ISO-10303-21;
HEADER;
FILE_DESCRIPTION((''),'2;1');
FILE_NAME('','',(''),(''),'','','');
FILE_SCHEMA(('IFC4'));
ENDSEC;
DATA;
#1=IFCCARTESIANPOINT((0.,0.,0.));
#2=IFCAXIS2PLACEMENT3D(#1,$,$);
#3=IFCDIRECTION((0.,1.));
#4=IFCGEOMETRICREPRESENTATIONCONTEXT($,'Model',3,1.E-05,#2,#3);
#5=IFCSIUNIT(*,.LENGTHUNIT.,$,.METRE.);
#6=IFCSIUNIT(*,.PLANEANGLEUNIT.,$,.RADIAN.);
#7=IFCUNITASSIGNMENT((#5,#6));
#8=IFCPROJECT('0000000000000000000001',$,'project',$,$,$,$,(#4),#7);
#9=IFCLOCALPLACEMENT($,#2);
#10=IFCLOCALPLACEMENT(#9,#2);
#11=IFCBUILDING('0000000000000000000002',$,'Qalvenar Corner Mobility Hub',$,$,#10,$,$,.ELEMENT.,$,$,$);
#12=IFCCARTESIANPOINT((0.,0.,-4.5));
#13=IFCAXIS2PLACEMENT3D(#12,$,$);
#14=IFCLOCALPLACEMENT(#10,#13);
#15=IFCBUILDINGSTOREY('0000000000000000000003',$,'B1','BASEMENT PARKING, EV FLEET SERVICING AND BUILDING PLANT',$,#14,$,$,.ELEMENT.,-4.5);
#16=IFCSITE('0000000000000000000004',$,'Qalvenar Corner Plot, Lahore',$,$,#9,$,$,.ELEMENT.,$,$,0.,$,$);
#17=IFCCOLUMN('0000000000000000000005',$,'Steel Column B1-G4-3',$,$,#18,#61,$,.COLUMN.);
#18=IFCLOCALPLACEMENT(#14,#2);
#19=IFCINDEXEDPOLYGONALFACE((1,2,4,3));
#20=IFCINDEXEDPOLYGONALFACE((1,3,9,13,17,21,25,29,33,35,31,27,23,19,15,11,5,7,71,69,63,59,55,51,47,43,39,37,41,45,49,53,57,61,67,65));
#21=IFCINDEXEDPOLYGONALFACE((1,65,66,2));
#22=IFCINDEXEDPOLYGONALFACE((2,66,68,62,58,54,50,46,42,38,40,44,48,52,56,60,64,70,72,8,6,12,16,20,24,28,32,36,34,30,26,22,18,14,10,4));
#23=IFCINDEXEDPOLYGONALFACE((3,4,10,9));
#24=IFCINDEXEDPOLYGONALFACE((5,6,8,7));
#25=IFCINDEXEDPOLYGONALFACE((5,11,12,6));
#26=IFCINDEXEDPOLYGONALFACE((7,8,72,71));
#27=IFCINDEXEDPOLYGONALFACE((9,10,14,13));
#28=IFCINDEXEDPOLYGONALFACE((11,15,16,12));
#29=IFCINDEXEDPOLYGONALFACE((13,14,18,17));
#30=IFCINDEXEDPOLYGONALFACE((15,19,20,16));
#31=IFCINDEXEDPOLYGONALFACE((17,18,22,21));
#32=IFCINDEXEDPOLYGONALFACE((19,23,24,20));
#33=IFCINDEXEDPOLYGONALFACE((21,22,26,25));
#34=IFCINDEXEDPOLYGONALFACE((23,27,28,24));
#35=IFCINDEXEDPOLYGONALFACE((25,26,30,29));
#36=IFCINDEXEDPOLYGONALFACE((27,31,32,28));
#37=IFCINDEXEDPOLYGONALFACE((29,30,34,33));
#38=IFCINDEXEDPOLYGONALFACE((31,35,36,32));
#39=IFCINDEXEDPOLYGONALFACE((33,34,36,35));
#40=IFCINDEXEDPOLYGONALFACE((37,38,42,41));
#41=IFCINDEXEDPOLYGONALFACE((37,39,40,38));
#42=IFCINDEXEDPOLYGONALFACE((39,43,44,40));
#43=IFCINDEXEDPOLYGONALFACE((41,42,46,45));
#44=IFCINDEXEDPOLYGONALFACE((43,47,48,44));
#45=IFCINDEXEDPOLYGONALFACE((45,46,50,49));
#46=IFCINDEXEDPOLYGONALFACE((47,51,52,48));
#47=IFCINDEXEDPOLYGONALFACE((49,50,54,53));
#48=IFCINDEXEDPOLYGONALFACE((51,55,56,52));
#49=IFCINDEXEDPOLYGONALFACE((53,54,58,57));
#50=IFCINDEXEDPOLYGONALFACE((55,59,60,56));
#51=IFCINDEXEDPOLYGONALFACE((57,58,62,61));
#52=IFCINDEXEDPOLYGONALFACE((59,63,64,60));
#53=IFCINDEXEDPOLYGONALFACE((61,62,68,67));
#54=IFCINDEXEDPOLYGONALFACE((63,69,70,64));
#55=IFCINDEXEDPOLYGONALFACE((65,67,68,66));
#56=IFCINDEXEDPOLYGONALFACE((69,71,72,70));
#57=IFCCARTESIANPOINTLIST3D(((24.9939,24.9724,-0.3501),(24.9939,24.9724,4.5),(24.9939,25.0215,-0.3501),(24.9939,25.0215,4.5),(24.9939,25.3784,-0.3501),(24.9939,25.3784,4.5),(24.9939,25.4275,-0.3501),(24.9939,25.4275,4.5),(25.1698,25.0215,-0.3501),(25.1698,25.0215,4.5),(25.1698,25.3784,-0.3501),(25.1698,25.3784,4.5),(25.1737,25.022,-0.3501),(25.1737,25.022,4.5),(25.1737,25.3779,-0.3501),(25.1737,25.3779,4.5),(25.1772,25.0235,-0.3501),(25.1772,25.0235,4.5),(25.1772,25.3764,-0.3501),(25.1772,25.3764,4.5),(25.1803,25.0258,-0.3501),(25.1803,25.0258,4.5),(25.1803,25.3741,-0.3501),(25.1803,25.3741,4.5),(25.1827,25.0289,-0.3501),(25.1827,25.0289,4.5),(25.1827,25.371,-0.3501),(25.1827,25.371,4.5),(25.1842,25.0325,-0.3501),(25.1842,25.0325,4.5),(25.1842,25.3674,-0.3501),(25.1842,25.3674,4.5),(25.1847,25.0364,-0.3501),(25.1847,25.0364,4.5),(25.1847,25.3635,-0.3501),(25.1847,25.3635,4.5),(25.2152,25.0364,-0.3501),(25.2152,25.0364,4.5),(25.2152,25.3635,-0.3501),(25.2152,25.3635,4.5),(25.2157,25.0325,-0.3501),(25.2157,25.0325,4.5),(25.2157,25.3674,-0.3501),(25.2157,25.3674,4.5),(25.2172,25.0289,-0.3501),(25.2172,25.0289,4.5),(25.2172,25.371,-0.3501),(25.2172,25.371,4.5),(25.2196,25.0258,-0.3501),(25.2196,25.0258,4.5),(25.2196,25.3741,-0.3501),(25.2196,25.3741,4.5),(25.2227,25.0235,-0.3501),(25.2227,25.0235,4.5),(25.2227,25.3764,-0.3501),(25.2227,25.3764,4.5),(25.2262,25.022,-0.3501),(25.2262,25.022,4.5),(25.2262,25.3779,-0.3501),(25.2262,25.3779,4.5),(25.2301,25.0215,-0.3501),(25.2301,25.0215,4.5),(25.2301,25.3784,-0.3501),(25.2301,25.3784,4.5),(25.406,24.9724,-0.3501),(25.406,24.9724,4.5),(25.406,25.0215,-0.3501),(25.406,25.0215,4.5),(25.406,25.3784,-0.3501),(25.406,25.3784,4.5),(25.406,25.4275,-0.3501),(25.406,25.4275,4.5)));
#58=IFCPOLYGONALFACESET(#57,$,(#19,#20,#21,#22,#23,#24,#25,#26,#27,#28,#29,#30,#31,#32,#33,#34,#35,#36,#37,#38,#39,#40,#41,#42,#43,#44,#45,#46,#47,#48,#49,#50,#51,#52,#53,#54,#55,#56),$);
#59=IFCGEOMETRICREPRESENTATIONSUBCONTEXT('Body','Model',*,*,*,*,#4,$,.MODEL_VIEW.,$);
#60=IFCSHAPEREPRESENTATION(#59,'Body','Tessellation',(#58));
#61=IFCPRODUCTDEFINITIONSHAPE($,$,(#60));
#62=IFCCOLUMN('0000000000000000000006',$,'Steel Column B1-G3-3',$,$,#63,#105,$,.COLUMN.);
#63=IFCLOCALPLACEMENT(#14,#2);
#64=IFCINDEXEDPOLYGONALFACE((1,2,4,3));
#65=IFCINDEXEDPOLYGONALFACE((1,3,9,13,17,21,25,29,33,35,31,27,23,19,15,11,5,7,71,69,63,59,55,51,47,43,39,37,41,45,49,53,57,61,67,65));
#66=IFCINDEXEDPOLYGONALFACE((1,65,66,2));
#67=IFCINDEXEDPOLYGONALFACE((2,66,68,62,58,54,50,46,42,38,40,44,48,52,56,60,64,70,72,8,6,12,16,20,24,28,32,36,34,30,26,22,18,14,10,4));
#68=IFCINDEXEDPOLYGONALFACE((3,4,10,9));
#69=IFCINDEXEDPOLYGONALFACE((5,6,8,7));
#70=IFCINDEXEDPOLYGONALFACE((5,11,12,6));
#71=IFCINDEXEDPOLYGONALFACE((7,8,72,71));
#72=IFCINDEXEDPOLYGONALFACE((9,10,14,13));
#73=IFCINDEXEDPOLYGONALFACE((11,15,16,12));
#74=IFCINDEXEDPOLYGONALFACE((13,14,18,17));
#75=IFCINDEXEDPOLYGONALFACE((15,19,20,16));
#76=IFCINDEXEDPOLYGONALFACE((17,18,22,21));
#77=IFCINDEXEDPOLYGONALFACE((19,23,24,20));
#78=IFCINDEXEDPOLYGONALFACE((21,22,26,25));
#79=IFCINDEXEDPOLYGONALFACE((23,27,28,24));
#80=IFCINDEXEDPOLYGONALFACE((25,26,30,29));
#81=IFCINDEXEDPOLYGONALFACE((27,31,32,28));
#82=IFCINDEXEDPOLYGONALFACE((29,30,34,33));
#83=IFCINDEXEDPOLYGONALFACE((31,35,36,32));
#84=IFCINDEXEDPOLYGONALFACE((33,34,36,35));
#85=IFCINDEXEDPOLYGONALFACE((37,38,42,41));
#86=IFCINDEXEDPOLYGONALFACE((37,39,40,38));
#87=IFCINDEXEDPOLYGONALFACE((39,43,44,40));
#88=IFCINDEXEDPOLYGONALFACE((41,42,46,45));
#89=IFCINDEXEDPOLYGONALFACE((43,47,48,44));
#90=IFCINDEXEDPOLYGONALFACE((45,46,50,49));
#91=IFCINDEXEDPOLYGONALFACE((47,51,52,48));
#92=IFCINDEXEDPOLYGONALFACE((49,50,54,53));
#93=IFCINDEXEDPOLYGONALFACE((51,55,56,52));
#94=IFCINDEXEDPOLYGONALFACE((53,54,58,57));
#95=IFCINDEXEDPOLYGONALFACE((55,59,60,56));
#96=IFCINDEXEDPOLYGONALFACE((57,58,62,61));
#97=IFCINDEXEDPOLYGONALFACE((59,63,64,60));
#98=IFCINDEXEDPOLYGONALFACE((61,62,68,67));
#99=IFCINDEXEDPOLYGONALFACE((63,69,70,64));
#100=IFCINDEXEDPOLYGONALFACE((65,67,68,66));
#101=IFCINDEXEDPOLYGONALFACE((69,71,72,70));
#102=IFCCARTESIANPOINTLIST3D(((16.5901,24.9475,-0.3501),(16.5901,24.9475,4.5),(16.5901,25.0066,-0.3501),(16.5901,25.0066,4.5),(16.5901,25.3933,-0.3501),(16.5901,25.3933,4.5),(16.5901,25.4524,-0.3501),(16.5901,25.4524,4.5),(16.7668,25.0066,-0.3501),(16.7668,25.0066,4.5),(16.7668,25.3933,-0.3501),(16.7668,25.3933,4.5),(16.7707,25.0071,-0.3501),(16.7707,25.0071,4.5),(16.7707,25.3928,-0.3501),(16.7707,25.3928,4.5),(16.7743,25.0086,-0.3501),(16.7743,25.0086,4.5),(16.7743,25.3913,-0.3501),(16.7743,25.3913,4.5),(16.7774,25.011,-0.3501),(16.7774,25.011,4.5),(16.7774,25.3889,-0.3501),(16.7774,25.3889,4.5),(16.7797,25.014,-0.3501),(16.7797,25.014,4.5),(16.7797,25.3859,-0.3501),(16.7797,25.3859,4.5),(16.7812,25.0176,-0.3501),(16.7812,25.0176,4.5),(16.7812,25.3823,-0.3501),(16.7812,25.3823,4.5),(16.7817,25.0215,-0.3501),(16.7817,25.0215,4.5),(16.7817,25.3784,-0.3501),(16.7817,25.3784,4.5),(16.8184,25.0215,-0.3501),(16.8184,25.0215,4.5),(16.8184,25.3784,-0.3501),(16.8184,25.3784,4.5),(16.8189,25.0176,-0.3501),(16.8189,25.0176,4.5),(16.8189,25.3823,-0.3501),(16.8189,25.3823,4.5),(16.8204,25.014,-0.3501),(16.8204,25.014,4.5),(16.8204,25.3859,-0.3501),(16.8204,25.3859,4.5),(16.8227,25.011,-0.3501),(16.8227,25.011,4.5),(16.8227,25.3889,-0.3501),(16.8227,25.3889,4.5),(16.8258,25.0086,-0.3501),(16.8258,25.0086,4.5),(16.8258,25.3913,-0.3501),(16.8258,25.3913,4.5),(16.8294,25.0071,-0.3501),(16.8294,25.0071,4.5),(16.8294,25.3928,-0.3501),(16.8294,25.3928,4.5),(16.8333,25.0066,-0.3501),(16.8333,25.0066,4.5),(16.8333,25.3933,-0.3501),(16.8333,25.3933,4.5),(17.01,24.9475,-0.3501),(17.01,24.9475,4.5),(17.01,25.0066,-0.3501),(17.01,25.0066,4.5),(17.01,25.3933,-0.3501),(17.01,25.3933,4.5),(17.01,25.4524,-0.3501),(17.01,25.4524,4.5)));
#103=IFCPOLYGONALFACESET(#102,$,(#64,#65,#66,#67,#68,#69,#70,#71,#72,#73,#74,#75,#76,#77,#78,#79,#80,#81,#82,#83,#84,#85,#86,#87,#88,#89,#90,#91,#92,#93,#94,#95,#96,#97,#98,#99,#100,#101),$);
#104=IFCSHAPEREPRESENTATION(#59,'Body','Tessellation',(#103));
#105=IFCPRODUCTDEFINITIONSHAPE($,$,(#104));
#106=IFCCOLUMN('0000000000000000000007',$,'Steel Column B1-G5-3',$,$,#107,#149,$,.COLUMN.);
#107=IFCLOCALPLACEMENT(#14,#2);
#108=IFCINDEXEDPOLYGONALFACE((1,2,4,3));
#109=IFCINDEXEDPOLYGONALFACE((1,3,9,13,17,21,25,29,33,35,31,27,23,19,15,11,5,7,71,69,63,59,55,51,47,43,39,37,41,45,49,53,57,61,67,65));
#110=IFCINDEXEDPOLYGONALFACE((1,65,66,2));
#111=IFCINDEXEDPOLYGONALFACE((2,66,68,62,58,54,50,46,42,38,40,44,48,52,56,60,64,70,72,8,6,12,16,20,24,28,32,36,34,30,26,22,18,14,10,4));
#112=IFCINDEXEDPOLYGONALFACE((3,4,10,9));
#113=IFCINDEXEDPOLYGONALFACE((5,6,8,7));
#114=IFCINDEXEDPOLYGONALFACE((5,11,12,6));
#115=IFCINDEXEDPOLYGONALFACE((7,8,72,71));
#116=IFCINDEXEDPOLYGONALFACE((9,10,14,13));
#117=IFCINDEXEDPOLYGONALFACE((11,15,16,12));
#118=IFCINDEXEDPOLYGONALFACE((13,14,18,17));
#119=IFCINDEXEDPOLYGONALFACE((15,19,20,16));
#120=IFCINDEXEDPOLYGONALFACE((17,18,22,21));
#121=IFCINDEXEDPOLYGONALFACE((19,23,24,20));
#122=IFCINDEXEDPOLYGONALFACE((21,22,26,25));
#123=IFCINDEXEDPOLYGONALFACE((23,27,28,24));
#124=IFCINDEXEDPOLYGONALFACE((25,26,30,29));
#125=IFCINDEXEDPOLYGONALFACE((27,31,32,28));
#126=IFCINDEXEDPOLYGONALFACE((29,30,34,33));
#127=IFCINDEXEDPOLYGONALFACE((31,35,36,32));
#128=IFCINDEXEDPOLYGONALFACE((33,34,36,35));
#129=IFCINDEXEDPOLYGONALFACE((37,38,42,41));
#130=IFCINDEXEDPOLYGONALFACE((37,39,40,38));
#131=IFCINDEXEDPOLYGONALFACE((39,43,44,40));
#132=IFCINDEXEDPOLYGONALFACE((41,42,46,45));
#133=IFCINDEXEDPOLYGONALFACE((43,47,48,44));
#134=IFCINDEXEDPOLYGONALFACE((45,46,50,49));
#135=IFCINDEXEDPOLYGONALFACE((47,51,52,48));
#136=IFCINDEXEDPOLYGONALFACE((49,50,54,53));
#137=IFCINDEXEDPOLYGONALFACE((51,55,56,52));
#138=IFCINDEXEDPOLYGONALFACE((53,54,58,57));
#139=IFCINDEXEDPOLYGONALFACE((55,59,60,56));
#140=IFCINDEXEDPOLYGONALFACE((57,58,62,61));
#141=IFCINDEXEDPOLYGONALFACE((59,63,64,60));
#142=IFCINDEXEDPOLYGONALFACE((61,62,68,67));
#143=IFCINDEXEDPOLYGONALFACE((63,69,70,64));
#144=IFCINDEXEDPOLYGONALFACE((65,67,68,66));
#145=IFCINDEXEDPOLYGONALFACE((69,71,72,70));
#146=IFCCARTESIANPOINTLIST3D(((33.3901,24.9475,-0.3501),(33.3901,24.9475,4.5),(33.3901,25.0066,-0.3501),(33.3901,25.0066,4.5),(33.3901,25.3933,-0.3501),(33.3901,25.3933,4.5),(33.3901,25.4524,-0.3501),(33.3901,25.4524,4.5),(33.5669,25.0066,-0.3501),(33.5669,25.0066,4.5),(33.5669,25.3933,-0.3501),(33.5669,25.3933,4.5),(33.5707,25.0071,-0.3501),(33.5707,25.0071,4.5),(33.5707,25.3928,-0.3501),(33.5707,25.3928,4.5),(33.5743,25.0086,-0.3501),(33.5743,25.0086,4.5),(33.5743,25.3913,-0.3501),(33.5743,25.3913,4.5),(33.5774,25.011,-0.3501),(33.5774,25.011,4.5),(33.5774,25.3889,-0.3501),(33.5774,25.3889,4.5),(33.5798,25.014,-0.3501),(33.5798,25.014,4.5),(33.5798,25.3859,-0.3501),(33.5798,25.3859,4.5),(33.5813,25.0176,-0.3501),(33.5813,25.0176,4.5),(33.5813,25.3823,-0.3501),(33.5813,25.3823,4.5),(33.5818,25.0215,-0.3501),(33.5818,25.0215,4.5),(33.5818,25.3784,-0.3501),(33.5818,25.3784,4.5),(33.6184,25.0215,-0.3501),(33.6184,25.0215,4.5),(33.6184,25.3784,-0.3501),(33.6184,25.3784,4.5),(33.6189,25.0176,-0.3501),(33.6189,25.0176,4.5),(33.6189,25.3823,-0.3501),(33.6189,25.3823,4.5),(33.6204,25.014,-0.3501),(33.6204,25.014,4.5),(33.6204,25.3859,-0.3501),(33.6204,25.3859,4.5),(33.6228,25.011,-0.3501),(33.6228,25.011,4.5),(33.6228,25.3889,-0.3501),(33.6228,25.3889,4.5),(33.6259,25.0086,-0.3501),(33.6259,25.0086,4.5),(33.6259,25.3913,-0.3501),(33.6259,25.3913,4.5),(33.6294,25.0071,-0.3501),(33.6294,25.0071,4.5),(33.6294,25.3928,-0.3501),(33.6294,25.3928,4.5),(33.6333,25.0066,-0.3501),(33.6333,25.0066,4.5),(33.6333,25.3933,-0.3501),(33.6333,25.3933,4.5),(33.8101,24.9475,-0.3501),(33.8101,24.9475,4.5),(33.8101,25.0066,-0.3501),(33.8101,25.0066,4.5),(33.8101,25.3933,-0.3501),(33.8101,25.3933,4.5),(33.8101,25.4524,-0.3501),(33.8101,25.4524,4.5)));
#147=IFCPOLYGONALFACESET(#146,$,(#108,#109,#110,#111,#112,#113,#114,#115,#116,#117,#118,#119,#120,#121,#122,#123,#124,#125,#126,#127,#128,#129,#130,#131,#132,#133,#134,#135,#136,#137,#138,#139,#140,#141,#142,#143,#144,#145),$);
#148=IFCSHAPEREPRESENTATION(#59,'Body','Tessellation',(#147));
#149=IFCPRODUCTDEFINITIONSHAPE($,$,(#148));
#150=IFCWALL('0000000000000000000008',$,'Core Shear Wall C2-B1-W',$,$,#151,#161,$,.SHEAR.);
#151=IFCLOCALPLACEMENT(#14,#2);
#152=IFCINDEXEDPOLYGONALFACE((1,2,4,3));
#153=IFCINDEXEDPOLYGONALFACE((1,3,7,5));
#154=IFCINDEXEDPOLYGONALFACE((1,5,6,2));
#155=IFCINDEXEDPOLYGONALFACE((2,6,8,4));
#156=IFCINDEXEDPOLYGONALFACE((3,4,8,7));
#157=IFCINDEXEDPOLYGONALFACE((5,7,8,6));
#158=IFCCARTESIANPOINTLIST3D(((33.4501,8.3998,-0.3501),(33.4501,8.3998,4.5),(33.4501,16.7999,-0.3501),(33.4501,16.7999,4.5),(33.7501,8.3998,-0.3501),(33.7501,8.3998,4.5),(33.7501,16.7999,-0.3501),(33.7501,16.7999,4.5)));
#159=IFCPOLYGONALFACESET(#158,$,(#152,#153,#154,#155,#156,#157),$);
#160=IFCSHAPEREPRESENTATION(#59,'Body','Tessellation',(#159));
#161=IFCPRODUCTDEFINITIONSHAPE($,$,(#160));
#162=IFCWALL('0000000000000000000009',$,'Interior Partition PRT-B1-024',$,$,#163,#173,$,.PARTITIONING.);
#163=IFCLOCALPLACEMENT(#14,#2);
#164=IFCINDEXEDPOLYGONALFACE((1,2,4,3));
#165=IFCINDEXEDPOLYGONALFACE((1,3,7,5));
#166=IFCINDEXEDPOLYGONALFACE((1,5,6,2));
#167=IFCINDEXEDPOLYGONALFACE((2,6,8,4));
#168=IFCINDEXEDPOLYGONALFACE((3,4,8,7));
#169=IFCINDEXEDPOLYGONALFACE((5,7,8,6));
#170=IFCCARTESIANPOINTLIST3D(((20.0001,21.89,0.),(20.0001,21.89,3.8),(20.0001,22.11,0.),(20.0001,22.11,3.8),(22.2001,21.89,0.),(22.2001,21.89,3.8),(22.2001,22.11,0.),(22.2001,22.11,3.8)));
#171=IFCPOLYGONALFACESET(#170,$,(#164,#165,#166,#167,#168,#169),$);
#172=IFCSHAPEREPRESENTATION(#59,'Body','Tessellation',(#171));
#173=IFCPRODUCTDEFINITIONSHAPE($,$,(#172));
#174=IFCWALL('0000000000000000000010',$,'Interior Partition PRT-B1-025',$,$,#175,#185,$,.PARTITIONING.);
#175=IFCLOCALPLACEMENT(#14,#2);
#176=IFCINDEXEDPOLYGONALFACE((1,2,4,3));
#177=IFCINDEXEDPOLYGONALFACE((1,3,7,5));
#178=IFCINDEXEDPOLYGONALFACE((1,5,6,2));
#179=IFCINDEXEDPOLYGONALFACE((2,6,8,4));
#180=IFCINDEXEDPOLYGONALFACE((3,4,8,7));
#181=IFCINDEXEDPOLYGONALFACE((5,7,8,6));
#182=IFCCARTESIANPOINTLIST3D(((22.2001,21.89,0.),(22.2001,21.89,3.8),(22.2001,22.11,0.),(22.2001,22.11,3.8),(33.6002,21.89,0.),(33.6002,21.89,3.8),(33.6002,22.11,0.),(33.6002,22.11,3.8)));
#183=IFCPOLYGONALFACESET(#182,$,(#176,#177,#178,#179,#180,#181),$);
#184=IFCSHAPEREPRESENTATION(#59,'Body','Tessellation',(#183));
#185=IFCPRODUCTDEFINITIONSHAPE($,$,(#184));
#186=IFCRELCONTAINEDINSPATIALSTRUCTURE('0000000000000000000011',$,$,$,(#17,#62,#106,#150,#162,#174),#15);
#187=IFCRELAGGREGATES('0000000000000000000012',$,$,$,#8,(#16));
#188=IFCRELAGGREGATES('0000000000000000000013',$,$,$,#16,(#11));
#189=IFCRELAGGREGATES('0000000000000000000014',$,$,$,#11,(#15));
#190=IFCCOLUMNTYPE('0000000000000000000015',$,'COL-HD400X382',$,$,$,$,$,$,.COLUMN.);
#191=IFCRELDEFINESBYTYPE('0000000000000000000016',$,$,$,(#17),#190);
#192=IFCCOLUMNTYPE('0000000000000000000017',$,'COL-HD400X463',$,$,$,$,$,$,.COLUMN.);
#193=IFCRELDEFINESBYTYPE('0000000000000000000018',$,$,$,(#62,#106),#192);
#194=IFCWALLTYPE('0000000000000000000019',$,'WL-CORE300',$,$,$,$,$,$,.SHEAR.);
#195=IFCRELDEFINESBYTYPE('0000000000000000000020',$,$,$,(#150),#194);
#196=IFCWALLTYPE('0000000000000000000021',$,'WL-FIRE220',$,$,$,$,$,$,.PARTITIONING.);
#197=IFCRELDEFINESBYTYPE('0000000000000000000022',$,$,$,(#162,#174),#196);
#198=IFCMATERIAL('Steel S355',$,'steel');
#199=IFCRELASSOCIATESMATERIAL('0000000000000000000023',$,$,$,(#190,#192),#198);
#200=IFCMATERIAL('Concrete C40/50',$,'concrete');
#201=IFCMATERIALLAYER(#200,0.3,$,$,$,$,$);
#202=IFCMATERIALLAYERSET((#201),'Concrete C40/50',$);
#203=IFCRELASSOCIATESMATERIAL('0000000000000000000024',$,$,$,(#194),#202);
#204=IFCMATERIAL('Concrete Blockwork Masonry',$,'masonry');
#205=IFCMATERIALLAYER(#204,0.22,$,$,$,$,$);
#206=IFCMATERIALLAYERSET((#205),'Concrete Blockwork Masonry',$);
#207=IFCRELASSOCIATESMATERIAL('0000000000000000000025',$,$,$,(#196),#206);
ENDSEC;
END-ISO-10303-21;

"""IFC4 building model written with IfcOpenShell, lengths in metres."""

from ifc_helpers import new_model, si_unit, direction, frame, frame_2d, origin, origin_2d, place, context, subcontext, project, spatial, rectangle, i_section, extrude, material, layer, layer_set, material_profile, profile_set, type_object, element, save


model = new_model("IFC4")

# Units and contexts
model_context = context("Model", 3, precision=1e-05, world=origin(), true_north=direction((0.0, 1.0)))
body_context = subcontext(model_context, "Body", "Model", "MODEL_VIEW")
ifc_project = project(units=[si_unit("LENGTHUNIT", "METRE"), si_unit("PLANEANGLEUNIT", "RADIAN")], contexts=[model_context])

# Site, building, storey
site_placement = place(None, origin())
site = spatial("IfcSite", under=ifc_project, at=site_placement, Name="Qalvenar Corner Plot, Lahore", CompositionType="ELEMENT", RefElevation=0.0)
building_placement = place(site_placement, origin())
building = spatial("IfcBuilding", under=site, at=building_placement, Name="Qalvenar Corner Mobility Hub", CompositionType="ELEMENT")
storey_placement = place(building_placement, frame((0.0, 0.0, -4.5)))
storey = spatial("IfcBuildingStorey", under=building, at=storey_placement, Name="B1", Description="BASEMENT PARKING, EV FLEET SERVICING AND BUILDING PLANT", CompositionType="ELEMENT", Elevation=-4.5)

# Shared definitions
ifc_material_1 = material(Name="Concrete C40/50", Category="concrete")

# Columns
ifc_material_2 = material(Name="Steel S355", Category="steel")
ifc_material_profile_1 = material_profile(ifc_material_2, i_section(OverallWidth=0.4121, OverallDepth=0.4551, WebThickness=0.0305, FlangeThickness=0.0491, FilletRadius=0.0149, at=origin_2d()), Name="HD400x421")
ifc_profile_set_1 = profile_set([ifc_material_profile_1], Name="Steel S355")
column_type_1 = type_object("IfcColumnType", Name="COL-HD400X382", PredefinedType="COLUMN", material=ifc_profile_set_1)
for number, where, z_axis, x_axis, name in (
    (1, (25.2, 25.2, -0.3501), (0.0, 0.0, 1.0), (1.0, 0.0, 0.0), "Steel Column B1-G4-3"),
):
    element("IfcColumn", number, at=place(storey_placement, frame(where, z_axis=z_axis, x_axis=x_axis)), inside=storey, type_object=column_type_1, Name=name, PredefinedType="COLUMN", context=body_context, shape_type="SweptSolid", body=[
        extrude(i_section(OverallWidth=0.4121, OverallDepth=0.4551, WebThickness=0.0305, FlangeThickness=0.0491, FilletRadius=0.0149, at=origin_2d()), origin(), (0.0, 0.0, 1.0), 4.8501),
    ])
ifc_material_profile_2 = material_profile(ifc_material_2, i_section(OverallWidth=0.4199, OverallDepth=0.5049, WebThickness=0.0366, FlangeThickness=0.0591, FilletRadius=0.0149, at=origin_2d()), Name="HD400x551")
ifc_profile_set_2 = profile_set([ifc_material_profile_2], Name="Steel S355")
column_type_2 = type_object("IfcColumnType", Name="COL-HD400X463", PredefinedType="COLUMN", material=ifc_profile_set_2)
for number, where, z_axis, x_axis, name in (
    (2, (16.8, 25.2, -0.3501), (0.0, 0.0, 1.0), (1.0, 0.0, 0.0), "Steel Column B1-G3-3"),
    (3, (33.6001, 25.2, -0.3501), (0.0, 0.0, 1.0), (1.0, 0.0, 0.0), "Steel Column B1-G5-3"),
):
    element("IfcColumn", number, at=place(storey_placement, frame(where, z_axis=z_axis, x_axis=x_axis)), inside=storey, type_object=column_type_2, Name=name, PredefinedType="COLUMN", context=body_context, shape_type="SweptSolid", body=[
        extrude(i_section(OverallWidth=0.4199, OverallDepth=0.5049, WebThickness=0.0366, FlangeThickness=0.0591, FilletRadius=0.0149, at=origin_2d()), origin(), (0.0, 0.0, 1.0), 4.8501),
    ])

# Walls
ifc_layer_1 = layer(ifc_material_1, 0.3)
ifc_layer_set_1 = layer_set([ifc_layer_1], Name="Concrete C40/50")
wall_type_1 = type_object("IfcWallType", Name="WL-CORE300", PredefinedType="SHEAR", material=ifc_layer_set_1)
wall_1_placement = place(storey_placement, frame((33.6001, 16.8, -0.3501), z_axis=(0.0, 0.0, 1.0), x_axis=(0.0, -1.0, 0.0)))
element("IfcWall", 4, at=wall_1_placement, inside=storey, type_object=wall_type_1, Name="Core Shear Wall C2-B1-W", PredefinedType="SHEAR", context=body_context, shape_type="SweptSolid", body=[
    extrude(rectangle(XDim=8.4001, YDim=0.3, at=frame_2d((4.2002, 0.0))), origin(), (0.0, 0.0, 1.0), 4.8501),
])
ifc_material_3 = material(Name="Concrete Blockwork Masonry", Category="masonry")
ifc_layer_2 = layer(ifc_material_3, 0.22)
ifc_layer_set_2 = layer_set([ifc_layer_2], Name="Concrete Blockwork Masonry")
wall_type_2 = type_object("IfcWallType", Name="WL-FIRE220", PredefinedType="PARTITIONING", material=ifc_layer_set_2)
wall_2_placement = place(storey_placement, frame((20.0, 22.0, 0.0), z_axis=(0.0, 0.0, 1.0), x_axis=(1.0, 0.0, 0.0)))
element("IfcWall", 5, at=wall_2_placement, inside=storey, type_object=wall_type_2, Name="Interior Partition PRT-B1-024", PredefinedType="PARTITIONING", context=body_context, shape_type="SweptSolid", body=[
    extrude(rectangle(XDim=2.2, YDim=0.22, at=frame_2d((1.1001, 0.0))), origin(), (0.0, 0.0, 1.0), 3.8),
])
wall_3_placement = place(storey_placement, frame((22.2, 22.0, 0.0), z_axis=(0.0, 0.0, 1.0), x_axis=(1.0, 0.0, 0.0)))
element("IfcWall", 6, at=wall_3_placement, inside=storey, type_object=wall_type_2, Name="Interior Partition PRT-B1-025", PredefinedType="PARTITIONING", context=body_context, shape_type="SweptSolid", body=[
    extrude(rectangle(XDim=11.4001, YDim=0.22, at=frame_2d((5.7002, 0.0))), origin(), (0.0, 0.0, 1.0), 3.8),
])

save(model, "model.ifc")
